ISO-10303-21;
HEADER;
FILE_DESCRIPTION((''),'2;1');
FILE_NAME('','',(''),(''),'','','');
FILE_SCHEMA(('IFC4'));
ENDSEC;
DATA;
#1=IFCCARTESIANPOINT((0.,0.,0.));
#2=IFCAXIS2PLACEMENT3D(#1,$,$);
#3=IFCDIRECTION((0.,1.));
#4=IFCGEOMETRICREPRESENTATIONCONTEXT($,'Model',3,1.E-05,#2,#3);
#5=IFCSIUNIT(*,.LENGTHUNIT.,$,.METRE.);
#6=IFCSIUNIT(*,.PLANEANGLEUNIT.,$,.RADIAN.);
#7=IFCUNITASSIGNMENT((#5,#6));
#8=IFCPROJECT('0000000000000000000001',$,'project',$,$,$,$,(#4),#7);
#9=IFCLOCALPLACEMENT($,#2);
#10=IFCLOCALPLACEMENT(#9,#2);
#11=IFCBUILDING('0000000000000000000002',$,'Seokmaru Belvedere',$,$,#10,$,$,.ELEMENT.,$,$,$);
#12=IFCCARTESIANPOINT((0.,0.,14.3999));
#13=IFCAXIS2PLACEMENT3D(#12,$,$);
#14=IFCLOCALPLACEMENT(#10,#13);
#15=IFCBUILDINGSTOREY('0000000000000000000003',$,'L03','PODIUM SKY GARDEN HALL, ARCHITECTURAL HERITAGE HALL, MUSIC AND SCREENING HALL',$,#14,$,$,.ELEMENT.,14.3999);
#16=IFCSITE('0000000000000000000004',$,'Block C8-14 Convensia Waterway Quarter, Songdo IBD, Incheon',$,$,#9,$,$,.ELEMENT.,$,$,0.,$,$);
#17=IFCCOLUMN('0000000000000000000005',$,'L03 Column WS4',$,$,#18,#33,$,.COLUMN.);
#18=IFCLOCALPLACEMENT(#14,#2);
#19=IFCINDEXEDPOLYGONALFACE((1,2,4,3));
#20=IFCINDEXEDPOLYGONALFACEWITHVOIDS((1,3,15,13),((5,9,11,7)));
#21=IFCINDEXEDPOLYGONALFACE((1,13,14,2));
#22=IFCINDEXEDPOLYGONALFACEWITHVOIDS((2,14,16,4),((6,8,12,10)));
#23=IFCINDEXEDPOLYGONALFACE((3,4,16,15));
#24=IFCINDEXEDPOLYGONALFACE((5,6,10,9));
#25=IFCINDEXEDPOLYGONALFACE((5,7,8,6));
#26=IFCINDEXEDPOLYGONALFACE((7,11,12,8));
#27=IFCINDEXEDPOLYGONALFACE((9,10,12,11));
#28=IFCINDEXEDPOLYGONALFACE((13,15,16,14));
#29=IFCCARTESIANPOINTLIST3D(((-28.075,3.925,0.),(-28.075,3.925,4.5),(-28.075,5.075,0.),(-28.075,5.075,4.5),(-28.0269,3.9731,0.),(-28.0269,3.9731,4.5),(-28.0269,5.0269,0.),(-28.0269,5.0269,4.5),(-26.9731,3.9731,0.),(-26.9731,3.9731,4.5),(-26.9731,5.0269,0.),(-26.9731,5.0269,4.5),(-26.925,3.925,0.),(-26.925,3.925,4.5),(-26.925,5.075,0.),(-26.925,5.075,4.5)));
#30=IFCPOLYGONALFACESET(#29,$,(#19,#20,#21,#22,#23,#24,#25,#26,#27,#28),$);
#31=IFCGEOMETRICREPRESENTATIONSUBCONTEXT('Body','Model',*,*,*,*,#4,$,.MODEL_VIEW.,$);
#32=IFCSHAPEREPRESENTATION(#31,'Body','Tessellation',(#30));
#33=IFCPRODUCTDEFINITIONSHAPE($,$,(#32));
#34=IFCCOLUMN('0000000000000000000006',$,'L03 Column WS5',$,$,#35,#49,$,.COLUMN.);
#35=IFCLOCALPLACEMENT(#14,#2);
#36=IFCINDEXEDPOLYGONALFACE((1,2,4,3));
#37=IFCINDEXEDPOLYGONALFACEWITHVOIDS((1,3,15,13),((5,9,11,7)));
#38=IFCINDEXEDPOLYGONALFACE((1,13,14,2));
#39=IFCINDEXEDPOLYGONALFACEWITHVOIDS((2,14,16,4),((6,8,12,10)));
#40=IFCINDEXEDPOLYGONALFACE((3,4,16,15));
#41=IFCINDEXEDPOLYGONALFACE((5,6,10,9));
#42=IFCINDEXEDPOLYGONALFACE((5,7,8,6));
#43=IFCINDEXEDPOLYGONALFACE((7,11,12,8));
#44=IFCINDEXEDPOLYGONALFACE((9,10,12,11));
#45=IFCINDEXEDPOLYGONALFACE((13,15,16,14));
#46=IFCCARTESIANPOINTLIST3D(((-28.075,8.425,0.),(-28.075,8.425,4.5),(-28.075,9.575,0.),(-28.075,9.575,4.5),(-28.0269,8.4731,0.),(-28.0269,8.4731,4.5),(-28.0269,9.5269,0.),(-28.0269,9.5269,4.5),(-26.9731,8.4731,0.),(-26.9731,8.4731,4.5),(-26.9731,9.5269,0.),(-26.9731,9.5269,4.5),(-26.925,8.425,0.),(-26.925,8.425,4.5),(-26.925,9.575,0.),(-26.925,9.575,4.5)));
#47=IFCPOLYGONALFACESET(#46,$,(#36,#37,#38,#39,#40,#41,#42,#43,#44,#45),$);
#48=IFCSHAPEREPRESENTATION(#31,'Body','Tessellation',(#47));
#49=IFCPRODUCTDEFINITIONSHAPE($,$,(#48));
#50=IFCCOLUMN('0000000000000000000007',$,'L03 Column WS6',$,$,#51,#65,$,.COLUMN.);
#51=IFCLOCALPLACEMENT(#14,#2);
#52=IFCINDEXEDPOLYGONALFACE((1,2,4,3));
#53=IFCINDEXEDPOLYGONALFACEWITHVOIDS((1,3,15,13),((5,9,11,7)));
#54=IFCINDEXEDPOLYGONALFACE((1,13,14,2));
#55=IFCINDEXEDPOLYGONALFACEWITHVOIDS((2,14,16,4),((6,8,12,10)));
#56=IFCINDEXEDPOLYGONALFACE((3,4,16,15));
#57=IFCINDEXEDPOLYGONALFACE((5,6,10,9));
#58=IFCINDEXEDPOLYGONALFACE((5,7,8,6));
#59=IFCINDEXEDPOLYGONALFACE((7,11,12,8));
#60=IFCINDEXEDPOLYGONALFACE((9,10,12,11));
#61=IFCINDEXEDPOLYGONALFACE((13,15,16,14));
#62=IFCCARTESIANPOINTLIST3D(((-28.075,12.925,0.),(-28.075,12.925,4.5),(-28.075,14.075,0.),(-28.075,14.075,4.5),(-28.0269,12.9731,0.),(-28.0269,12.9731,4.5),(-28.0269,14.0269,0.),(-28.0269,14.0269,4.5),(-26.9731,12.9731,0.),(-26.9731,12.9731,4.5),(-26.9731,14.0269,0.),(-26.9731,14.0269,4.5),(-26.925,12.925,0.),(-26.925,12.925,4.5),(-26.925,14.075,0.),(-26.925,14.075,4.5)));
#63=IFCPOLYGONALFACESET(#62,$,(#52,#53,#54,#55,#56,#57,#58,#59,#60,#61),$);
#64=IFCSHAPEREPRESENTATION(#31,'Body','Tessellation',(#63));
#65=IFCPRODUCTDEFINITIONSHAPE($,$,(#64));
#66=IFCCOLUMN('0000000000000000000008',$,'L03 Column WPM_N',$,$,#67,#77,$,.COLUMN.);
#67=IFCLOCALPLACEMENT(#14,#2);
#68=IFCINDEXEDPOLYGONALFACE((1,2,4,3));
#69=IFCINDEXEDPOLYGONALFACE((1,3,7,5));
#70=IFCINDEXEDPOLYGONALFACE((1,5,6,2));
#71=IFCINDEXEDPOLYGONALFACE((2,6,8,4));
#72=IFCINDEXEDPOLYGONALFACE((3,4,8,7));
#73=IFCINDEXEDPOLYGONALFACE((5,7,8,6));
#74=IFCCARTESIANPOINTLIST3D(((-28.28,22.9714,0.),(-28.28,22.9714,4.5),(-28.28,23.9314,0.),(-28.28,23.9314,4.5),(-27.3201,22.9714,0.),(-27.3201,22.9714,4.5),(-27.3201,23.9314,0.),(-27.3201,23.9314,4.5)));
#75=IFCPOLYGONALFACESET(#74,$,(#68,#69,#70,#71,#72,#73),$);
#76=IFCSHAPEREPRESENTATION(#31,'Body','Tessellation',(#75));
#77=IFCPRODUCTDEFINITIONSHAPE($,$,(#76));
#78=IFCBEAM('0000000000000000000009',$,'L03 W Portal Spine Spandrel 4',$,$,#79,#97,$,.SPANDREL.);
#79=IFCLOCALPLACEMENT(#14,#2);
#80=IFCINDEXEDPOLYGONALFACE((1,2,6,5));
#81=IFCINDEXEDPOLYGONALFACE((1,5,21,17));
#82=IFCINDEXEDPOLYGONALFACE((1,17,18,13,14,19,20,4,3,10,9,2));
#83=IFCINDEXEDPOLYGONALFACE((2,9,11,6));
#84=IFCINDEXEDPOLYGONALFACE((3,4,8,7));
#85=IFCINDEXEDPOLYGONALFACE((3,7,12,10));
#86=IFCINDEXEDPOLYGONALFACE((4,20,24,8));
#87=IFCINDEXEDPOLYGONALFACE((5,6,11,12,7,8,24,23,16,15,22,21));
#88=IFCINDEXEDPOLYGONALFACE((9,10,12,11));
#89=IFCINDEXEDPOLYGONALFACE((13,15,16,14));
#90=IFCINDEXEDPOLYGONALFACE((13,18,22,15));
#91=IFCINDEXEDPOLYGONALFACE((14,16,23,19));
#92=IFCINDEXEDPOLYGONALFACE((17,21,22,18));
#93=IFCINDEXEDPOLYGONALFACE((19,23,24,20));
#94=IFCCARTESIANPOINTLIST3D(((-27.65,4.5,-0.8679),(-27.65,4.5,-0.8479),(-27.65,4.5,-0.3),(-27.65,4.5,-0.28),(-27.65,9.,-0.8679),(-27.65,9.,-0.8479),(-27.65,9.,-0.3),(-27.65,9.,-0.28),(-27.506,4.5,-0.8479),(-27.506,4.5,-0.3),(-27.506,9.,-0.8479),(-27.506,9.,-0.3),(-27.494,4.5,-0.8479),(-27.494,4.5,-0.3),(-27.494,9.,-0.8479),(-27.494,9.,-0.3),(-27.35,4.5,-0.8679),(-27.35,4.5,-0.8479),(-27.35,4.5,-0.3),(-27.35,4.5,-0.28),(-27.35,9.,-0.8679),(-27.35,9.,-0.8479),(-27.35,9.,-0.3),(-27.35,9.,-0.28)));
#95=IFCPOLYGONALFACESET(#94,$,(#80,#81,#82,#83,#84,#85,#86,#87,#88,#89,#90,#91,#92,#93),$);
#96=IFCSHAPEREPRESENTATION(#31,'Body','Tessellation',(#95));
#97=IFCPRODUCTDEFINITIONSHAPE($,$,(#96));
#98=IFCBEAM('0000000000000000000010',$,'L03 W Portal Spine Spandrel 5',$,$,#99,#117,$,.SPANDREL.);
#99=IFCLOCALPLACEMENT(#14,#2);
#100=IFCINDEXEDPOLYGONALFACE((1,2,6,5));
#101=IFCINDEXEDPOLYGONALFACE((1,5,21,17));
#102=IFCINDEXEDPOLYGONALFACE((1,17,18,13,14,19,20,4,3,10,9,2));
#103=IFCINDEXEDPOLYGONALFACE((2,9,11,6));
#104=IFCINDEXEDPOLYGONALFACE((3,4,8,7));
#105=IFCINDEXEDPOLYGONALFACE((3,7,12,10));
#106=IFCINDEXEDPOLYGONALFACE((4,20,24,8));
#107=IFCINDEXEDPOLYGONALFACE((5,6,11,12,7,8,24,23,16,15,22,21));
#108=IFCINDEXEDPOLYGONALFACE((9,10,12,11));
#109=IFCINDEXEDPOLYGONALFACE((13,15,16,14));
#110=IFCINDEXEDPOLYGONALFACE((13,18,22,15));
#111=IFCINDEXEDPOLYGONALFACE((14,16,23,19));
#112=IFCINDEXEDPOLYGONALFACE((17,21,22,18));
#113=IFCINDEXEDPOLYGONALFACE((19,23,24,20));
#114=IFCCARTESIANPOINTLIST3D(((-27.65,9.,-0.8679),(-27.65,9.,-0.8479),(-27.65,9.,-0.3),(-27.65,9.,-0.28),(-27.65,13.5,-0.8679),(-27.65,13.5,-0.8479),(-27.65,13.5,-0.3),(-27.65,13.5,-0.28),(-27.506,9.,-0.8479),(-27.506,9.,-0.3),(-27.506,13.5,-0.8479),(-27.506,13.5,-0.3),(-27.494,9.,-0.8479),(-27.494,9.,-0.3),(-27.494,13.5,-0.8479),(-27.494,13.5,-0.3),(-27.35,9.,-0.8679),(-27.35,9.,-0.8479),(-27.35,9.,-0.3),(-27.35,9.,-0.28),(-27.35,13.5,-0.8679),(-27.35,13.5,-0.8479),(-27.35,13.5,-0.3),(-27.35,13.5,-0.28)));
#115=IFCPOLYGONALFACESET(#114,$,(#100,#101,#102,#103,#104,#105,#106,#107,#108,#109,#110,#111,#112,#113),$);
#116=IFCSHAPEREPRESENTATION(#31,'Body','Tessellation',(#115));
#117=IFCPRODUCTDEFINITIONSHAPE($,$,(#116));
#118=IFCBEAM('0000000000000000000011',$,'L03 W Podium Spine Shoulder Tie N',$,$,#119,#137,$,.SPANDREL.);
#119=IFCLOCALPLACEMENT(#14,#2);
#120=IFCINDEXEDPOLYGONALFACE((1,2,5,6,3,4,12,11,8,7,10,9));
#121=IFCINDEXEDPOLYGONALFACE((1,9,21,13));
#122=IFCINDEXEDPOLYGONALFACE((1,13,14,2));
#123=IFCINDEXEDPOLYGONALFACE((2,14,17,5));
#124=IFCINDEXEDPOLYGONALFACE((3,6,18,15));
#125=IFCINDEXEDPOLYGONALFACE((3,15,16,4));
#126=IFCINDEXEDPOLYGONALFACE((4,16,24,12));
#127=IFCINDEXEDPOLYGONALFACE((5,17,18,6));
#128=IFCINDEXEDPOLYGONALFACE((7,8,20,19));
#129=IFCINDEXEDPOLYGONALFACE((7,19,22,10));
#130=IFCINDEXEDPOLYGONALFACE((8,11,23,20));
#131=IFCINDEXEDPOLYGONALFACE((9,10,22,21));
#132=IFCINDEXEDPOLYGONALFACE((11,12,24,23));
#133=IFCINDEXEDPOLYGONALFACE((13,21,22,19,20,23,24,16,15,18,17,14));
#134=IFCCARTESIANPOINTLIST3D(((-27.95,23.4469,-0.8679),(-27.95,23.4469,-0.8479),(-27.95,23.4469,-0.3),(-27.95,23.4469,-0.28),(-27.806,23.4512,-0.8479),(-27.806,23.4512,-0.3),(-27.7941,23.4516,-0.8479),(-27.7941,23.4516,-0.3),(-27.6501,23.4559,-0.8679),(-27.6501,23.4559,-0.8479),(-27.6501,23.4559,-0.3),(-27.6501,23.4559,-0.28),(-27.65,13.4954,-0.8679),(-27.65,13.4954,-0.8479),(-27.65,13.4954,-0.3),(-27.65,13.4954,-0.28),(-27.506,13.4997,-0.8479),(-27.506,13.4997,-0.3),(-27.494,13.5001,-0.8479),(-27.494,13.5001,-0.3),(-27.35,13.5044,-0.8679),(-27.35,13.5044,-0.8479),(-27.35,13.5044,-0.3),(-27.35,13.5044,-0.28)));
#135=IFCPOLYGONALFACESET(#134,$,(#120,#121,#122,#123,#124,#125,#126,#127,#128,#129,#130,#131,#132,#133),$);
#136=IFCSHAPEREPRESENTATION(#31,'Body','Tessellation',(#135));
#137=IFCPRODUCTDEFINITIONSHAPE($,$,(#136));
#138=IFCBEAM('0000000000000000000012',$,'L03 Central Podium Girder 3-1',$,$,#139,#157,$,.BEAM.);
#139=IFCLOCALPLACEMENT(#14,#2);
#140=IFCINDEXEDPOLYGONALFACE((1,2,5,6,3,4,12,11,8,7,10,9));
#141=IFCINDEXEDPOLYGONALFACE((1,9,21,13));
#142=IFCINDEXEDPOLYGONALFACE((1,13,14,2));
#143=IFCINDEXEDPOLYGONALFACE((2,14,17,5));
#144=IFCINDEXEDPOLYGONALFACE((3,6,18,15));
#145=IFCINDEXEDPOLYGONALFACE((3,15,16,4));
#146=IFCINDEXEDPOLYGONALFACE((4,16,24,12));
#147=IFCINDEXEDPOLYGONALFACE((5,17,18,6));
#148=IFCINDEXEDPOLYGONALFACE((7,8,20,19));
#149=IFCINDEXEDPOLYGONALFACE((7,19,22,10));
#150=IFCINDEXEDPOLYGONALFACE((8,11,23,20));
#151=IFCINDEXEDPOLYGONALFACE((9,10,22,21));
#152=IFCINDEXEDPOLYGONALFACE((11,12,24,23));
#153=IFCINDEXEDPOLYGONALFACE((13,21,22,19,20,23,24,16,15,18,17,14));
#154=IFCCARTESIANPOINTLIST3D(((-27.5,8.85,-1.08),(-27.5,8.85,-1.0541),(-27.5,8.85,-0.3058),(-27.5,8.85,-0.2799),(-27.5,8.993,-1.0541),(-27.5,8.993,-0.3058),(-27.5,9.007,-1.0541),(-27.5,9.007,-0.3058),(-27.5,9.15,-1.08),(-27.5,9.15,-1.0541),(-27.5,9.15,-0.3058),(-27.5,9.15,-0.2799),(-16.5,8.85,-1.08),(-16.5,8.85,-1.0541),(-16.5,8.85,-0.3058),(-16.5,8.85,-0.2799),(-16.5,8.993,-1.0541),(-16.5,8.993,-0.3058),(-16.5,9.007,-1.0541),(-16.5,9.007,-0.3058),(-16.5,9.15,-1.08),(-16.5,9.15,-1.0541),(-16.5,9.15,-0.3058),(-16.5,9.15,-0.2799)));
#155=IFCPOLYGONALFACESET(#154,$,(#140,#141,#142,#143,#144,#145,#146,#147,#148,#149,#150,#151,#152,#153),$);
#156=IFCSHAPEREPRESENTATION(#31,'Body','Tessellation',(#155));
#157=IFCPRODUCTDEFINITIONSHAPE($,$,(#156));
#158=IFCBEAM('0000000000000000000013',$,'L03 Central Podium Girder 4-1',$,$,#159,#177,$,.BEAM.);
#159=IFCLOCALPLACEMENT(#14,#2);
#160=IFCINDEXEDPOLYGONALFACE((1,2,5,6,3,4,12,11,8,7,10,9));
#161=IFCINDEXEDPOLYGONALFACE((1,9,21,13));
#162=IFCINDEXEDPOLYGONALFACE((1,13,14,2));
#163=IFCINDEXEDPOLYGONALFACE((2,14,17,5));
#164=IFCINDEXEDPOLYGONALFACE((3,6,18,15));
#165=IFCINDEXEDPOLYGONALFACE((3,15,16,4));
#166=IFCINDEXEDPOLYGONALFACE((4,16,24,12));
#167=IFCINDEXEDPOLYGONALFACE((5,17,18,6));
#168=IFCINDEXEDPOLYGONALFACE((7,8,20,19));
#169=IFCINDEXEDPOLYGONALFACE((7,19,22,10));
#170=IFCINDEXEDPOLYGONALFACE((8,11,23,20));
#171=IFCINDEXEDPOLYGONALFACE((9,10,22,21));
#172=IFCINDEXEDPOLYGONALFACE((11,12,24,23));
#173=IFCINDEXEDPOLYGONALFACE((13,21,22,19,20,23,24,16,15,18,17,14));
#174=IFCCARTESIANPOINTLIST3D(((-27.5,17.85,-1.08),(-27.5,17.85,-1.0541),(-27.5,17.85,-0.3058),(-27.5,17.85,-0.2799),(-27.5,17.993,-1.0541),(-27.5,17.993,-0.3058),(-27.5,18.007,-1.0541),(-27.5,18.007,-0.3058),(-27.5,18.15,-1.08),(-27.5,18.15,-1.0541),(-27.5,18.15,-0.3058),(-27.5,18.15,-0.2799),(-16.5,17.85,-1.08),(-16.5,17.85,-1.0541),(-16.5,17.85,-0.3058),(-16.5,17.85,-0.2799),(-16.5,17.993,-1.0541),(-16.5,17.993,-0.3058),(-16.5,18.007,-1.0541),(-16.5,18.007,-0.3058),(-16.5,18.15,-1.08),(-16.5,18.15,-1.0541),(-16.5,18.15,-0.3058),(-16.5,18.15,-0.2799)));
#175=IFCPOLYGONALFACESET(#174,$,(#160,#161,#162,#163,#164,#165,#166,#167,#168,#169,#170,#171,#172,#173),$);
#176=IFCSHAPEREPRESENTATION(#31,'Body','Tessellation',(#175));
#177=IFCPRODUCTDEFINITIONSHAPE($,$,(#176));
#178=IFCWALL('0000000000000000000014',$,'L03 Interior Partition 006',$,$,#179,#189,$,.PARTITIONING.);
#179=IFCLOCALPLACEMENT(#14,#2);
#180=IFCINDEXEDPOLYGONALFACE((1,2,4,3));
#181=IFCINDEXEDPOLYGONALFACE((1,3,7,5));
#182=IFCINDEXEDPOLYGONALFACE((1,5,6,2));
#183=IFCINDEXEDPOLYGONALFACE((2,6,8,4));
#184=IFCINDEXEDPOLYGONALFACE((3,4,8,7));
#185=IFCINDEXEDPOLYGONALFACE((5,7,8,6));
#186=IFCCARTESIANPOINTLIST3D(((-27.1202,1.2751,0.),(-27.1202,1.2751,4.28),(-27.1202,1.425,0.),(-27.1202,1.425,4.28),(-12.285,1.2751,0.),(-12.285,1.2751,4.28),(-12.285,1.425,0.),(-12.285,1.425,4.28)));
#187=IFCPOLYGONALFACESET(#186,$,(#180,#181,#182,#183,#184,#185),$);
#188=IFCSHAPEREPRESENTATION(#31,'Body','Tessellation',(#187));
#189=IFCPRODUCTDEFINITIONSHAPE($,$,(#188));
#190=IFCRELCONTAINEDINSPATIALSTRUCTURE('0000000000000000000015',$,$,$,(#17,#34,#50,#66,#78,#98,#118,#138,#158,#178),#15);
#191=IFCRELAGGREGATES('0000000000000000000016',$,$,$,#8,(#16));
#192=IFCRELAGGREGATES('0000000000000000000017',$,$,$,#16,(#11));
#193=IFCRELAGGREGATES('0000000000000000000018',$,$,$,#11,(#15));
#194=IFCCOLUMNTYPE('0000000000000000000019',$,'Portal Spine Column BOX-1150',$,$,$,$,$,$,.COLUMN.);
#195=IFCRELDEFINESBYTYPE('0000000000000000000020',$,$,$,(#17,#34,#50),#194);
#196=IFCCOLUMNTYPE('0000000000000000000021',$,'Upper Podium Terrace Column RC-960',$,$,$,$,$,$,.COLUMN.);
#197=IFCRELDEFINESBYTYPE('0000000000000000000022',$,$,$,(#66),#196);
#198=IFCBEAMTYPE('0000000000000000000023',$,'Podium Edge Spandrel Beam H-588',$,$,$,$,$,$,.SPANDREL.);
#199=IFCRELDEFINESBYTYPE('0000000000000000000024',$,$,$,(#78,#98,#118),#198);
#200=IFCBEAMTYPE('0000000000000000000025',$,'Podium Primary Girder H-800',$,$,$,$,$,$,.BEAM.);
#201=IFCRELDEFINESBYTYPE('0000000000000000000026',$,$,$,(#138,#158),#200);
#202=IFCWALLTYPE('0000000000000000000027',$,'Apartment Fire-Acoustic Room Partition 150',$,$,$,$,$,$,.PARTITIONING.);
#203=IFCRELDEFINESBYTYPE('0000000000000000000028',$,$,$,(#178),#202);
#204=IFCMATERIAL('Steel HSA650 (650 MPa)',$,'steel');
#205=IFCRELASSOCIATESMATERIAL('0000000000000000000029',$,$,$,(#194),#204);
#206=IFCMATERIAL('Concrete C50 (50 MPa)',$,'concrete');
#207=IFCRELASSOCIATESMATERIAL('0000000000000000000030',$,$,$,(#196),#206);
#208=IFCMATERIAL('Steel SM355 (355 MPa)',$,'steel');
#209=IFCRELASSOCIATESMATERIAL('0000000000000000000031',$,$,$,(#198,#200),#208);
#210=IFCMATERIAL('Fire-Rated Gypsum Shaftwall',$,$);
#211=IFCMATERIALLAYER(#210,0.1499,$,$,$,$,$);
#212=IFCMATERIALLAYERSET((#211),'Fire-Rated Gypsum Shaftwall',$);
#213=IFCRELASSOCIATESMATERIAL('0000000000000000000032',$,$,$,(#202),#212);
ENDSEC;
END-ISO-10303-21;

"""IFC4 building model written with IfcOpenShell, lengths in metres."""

from ifc_helpers import new_model, si_unit, direction, frame, frame_2d, origin, origin_2d, place, context, subcontext, project, spatial, rectangle, hollow_rectangle, i_section, extrude, source, transform, mapped, material, layer, layer_set, material_profile, profile_set, type_object, type_shapes, element, save


model = new_model("IFC4")

# Units and contexts
model_context = context("Model", 3, precision=1e-05, world=origin(), true_north=direction((0.0, 1.0)))
body_context = subcontext(model_context, "Body", "Model", "MODEL_VIEW")
ifc_project = project(units=[si_unit("LENGTHUNIT", "METRE"), si_unit("PLANEANGLEUNIT", "RADIAN")], contexts=[model_context])

# Site, building, storey
site_placement = place(None, origin())
site = spatial("IfcSite", under=ifc_project, at=site_placement, Name="Block C8-14 Convensia Waterway Quarter, Songdo IBD, Incheon", CompositionType="ELEMENT", RefElevation=0.0)
building_placement = place(site_placement, origin())
building = spatial("IfcBuilding", under=site, at=building_placement, Name="Seokmaru Belvedere", CompositionType="ELEMENT")
storey_placement = place(building_placement, frame((0.0, 0.0, 14.3999)))
storey = spatial("IfcBuildingStorey", under=building, at=storey_placement, Name="L03", Description="PODIUM SKY GARDEN HALL, ARCHITECTURAL HERITAGE HALL, MUSIC AND SCREENING HALL", CompositionType="ELEMENT", Elevation=14.3999)

# Columns
ifc_material_1 = material(Name="Steel HSA650 (650 MPa)", Category="steel")
ifc_material_profile_1 = material_profile(ifc_material_1, hollow_rectangle(XDim=1.1499, YDim=1.1499, WallThickness=0.0481, at=origin_2d()), Name="BOX-1150x1150x48")
ifc_profile_set_1 = profile_set([ifc_material_profile_1], Name="Steel HSA650 (650 MPa)")
column_type_1 = type_object("IfcColumnType", Name="Portal Spine Column BOX-1150", PredefinedType="COLUMN", material=ifc_profile_set_1)
shared_shape_1 = source(origin(), body_context, "Body", "SweptSolid", [
    extrude(hollow_rectangle(XDim=1.1499, YDim=1.1499, WallThickness=0.0481, at=origin_2d()), origin(), (0.0, 0.0, 1.0), 4.5),
])
type_shapes(column_type_1, [shared_shape_1])
for number, where, z_axis, x_axis, name in (
    (1, (-27.5, 4.5, 0.0), (0.0, 0.0, 1.0), (1.0, 0.0, 0.0), "L03 Column WS4"),
    (2, (-27.5, 9.0, 0.0), (0.0, 0.0, 1.0), (1.0, 0.0, 0.0), "L03 Column WS5"),
    (3, (-27.5, 13.5, 0.0), (0.0, 0.0, 1.0), (1.0, 0.0, 0.0), "L03 Column WS6"),
):
    element("IfcColumn", number, at=place(storey_placement, frame(where, z_axis=z_axis, x_axis=x_axis)), inside=storey, type_object=column_type_1, Name=name, PredefinedType="COLUMN", context=body_context, shape_type="MappedRepresentation", body=[
        mapped(shared_shape_1, transform((0.0, 0.0, 0.0), scale=1.0)),
    ])
ifc_material_2 = material(Name="Concrete C50 (50 MPa)", Category="concrete")
ifc_material_profile_2 = material_profile(ifc_material_2, rectangle(XDim=0.96, YDim=0.96, at=origin_2d()), Name="RC-960x960")
ifc_profile_set_2 = profile_set([ifc_material_profile_2], Name="Concrete C50 (50 MPa)")
column_type_2 = type_object("IfcColumnType", Name="Upper Podium Terrace Column RC-960", PredefinedType="COLUMN", material=ifc_profile_set_2)
shared_shape_2 = source(origin(), body_context, "Body", "SweptSolid", [
    extrude(rectangle(XDim=0.96, YDim=0.96, at=origin_2d()), origin(), (0.0, 0.0, 1.0), 4.5),
])
type_shapes(column_type_2, [shared_shape_2])
column_placement = place(storey_placement, frame((-27.8, 23.4514, 0.0), z_axis=(0.0, 0.0, 1.0), x_axis=(1.0, 0.0, 0.0)))
element("IfcColumn", 4, at=column_placement, inside=storey, type_object=column_type_2, Name="L03 Column WPM_N", PredefinedType="COLUMN", context=body_context, shape_type="MappedRepresentation", body=[
    mapped(shared_shape_2, transform((0.0, 0.0, 0.0), scale=1.0)),
])

# Beams
ifc_material_3 = material(Name="Steel SM355 (355 MPa)", Category="steel")
ifc_material_profile_3 = material_profile(ifc_material_3, i_section(OverallWidth=0.3, OverallDepth=0.5879, WebThickness=0.012, FlangeThickness=0.02, at=origin_2d()), Name="H-588x300x12x20")
ifc_profile_set_3 = profile_set([ifc_material_profile_3], Name="Steel SM355 (355 MPa)")
beam_type_1 = type_object("IfcBeamType", Name="Podium Edge Spandrel Beam H-588", PredefinedType="SPANDREL", material=ifc_profile_set_3)
shared_shape_3 = source(origin(), body_context, "Body", "SweptSolid", [
    extrude(i_section(OverallWidth=0.3, OverallDepth=0.5879, WebThickness=0.012, FlangeThickness=0.02, at=origin_2d()), origin(), (0.0, 0.0, 1.0), 4.5),
])
for number, where, z_axis, x_axis, name in (
    (5, (-27.5, 4.5, -0.574), (0.0, 1.0, 0.0), (-1.0, 0.0, 0.0), "L03 W Portal Spine Spandrel 4"),
    (6, (-27.5, 9.0, -0.574), (0.0, 1.0, 0.0), (-1.0, 0.0, 0.0), "L03 W Portal Spine Spandrel 5"),
):
    element("IfcBeam", number, at=place(storey_placement, frame(where, z_axis=z_axis, x_axis=x_axis)), inside=storey, type_object=beam_type_1, Name=name, PredefinedType="SPANDREL", context=body_context, shape_type="MappedRepresentation", body=[
        mapped(shared_shape_3, transform((0.0, 0.0, 0.0), scale=1.0)),
    ])
shared_shape_4 = source(origin(), body_context, "Body", "SweptSolid", [
    extrude(i_section(OverallWidth=0.3, OverallDepth=0.5879, WebThickness=0.012, FlangeThickness=0.02, at=origin_2d()), origin(), (0.0, 0.0, 1.0), 9.9561),
])
type_shapes(beam_type_1, [shared_shape_3, shared_shape_4])
beam_placement = place(storey_placement, frame((-27.8, 23.4514, -0.574), z_axis=(0.030138, -0.999546, 0.0), x_axis=(0.999546, 0.030138, 0.0)))
element("IfcBeam", 7, at=beam_placement, inside=storey, type_object=beam_type_1, Name="L03 W Podium Spine Shoulder Tie N", PredefinedType="SPANDREL", context=body_context, shape_type="MappedRepresentation", body=[
    mapped(shared_shape_4, transform((0.0, 0.0, 0.0), scale=1.0)),
])
ifc_material_profile_4 = material_profile(ifc_material_3, i_section(OverallWidth=0.3, OverallDepth=0.8, WebThickness=0.0139, FlangeThickness=0.0259, at=origin_2d()), Name="H-800x300x14x26")
ifc_profile_set_4 = profile_set([ifc_material_profile_4], Name="Steel SM355 (355 MPa)")
beam_type_2 = type_object("IfcBeamType", Name="Podium Primary Girder H-800", PredefinedType="BEAM", material=ifc_profile_set_4)
shared_shape_5 = source(origin(), body_context, "Body", "SweptSolid", [
    extrude(i_section(OverallWidth=0.3, OverallDepth=0.8, WebThickness=0.0139, FlangeThickness=0.0259, at=origin_2d()), origin(), (0.0, 0.0, 1.0), 11.0),
])
type_shapes(beam_type_2, [shared_shape_5])
for number, where, z_axis, x_axis, name in (
    (8, (-27.5, 9.0, -0.6799), (1.0, 0.0, 0.0), (0.0, 1.0, 0.0), "L03 Central Podium Girder 3-1"),
    (9, (-27.5, 18.0, -0.6799), (1.0, 0.0, 0.0), (0.0, 1.0, 0.0), "L03 Central Podium Girder 4-1"),
):
    element("IfcBeam", number, at=place(storey_placement, frame(where, z_axis=z_axis, x_axis=x_axis)), inside=storey, type_object=beam_type_2, Name=name, PredefinedType="BEAM", context=body_context, shape_type="MappedRepresentation", body=[
        mapped(shared_shape_5, transform((0.0, 0.0, 0.0), scale=1.0)),
    ])

# Wall
ifc_material_4 = material(Name="Fire-Rated Gypsum Shaftwall")
ifc_layer_1 = layer(ifc_material_4, 0.1499)
ifc_layer_set_1 = layer_set([ifc_layer_1], Name="Fire-Rated Gypsum Shaftwall")
wall_type_1 = type_object("IfcWallType", Name="Apartment Fire-Acoustic Room Partition 150", PredefinedType="PARTITIONING", material=ifc_layer_set_1)
wall_1_placement = place(storey_placement, frame((-27.1201, 1.3501, 0.0), z_axis=(0.0, 0.0, 1.0), x_axis=(1.0, 0.0, 0.0)))
element("IfcWall", 10, at=wall_1_placement, inside=storey, type_object=wall_type_1, Name="L03 Interior Partition 006", PredefinedType="PARTITIONING", context=body_context, shape_type="SweptSolid", body=[
    extrude(rectangle(XDim=14.8352, YDim=0.1499, at=frame_2d((7.4175, 0.0))), origin(), (0.0, 0.0, 1.0), 4.28),
])

save(model, "model.ifc")
